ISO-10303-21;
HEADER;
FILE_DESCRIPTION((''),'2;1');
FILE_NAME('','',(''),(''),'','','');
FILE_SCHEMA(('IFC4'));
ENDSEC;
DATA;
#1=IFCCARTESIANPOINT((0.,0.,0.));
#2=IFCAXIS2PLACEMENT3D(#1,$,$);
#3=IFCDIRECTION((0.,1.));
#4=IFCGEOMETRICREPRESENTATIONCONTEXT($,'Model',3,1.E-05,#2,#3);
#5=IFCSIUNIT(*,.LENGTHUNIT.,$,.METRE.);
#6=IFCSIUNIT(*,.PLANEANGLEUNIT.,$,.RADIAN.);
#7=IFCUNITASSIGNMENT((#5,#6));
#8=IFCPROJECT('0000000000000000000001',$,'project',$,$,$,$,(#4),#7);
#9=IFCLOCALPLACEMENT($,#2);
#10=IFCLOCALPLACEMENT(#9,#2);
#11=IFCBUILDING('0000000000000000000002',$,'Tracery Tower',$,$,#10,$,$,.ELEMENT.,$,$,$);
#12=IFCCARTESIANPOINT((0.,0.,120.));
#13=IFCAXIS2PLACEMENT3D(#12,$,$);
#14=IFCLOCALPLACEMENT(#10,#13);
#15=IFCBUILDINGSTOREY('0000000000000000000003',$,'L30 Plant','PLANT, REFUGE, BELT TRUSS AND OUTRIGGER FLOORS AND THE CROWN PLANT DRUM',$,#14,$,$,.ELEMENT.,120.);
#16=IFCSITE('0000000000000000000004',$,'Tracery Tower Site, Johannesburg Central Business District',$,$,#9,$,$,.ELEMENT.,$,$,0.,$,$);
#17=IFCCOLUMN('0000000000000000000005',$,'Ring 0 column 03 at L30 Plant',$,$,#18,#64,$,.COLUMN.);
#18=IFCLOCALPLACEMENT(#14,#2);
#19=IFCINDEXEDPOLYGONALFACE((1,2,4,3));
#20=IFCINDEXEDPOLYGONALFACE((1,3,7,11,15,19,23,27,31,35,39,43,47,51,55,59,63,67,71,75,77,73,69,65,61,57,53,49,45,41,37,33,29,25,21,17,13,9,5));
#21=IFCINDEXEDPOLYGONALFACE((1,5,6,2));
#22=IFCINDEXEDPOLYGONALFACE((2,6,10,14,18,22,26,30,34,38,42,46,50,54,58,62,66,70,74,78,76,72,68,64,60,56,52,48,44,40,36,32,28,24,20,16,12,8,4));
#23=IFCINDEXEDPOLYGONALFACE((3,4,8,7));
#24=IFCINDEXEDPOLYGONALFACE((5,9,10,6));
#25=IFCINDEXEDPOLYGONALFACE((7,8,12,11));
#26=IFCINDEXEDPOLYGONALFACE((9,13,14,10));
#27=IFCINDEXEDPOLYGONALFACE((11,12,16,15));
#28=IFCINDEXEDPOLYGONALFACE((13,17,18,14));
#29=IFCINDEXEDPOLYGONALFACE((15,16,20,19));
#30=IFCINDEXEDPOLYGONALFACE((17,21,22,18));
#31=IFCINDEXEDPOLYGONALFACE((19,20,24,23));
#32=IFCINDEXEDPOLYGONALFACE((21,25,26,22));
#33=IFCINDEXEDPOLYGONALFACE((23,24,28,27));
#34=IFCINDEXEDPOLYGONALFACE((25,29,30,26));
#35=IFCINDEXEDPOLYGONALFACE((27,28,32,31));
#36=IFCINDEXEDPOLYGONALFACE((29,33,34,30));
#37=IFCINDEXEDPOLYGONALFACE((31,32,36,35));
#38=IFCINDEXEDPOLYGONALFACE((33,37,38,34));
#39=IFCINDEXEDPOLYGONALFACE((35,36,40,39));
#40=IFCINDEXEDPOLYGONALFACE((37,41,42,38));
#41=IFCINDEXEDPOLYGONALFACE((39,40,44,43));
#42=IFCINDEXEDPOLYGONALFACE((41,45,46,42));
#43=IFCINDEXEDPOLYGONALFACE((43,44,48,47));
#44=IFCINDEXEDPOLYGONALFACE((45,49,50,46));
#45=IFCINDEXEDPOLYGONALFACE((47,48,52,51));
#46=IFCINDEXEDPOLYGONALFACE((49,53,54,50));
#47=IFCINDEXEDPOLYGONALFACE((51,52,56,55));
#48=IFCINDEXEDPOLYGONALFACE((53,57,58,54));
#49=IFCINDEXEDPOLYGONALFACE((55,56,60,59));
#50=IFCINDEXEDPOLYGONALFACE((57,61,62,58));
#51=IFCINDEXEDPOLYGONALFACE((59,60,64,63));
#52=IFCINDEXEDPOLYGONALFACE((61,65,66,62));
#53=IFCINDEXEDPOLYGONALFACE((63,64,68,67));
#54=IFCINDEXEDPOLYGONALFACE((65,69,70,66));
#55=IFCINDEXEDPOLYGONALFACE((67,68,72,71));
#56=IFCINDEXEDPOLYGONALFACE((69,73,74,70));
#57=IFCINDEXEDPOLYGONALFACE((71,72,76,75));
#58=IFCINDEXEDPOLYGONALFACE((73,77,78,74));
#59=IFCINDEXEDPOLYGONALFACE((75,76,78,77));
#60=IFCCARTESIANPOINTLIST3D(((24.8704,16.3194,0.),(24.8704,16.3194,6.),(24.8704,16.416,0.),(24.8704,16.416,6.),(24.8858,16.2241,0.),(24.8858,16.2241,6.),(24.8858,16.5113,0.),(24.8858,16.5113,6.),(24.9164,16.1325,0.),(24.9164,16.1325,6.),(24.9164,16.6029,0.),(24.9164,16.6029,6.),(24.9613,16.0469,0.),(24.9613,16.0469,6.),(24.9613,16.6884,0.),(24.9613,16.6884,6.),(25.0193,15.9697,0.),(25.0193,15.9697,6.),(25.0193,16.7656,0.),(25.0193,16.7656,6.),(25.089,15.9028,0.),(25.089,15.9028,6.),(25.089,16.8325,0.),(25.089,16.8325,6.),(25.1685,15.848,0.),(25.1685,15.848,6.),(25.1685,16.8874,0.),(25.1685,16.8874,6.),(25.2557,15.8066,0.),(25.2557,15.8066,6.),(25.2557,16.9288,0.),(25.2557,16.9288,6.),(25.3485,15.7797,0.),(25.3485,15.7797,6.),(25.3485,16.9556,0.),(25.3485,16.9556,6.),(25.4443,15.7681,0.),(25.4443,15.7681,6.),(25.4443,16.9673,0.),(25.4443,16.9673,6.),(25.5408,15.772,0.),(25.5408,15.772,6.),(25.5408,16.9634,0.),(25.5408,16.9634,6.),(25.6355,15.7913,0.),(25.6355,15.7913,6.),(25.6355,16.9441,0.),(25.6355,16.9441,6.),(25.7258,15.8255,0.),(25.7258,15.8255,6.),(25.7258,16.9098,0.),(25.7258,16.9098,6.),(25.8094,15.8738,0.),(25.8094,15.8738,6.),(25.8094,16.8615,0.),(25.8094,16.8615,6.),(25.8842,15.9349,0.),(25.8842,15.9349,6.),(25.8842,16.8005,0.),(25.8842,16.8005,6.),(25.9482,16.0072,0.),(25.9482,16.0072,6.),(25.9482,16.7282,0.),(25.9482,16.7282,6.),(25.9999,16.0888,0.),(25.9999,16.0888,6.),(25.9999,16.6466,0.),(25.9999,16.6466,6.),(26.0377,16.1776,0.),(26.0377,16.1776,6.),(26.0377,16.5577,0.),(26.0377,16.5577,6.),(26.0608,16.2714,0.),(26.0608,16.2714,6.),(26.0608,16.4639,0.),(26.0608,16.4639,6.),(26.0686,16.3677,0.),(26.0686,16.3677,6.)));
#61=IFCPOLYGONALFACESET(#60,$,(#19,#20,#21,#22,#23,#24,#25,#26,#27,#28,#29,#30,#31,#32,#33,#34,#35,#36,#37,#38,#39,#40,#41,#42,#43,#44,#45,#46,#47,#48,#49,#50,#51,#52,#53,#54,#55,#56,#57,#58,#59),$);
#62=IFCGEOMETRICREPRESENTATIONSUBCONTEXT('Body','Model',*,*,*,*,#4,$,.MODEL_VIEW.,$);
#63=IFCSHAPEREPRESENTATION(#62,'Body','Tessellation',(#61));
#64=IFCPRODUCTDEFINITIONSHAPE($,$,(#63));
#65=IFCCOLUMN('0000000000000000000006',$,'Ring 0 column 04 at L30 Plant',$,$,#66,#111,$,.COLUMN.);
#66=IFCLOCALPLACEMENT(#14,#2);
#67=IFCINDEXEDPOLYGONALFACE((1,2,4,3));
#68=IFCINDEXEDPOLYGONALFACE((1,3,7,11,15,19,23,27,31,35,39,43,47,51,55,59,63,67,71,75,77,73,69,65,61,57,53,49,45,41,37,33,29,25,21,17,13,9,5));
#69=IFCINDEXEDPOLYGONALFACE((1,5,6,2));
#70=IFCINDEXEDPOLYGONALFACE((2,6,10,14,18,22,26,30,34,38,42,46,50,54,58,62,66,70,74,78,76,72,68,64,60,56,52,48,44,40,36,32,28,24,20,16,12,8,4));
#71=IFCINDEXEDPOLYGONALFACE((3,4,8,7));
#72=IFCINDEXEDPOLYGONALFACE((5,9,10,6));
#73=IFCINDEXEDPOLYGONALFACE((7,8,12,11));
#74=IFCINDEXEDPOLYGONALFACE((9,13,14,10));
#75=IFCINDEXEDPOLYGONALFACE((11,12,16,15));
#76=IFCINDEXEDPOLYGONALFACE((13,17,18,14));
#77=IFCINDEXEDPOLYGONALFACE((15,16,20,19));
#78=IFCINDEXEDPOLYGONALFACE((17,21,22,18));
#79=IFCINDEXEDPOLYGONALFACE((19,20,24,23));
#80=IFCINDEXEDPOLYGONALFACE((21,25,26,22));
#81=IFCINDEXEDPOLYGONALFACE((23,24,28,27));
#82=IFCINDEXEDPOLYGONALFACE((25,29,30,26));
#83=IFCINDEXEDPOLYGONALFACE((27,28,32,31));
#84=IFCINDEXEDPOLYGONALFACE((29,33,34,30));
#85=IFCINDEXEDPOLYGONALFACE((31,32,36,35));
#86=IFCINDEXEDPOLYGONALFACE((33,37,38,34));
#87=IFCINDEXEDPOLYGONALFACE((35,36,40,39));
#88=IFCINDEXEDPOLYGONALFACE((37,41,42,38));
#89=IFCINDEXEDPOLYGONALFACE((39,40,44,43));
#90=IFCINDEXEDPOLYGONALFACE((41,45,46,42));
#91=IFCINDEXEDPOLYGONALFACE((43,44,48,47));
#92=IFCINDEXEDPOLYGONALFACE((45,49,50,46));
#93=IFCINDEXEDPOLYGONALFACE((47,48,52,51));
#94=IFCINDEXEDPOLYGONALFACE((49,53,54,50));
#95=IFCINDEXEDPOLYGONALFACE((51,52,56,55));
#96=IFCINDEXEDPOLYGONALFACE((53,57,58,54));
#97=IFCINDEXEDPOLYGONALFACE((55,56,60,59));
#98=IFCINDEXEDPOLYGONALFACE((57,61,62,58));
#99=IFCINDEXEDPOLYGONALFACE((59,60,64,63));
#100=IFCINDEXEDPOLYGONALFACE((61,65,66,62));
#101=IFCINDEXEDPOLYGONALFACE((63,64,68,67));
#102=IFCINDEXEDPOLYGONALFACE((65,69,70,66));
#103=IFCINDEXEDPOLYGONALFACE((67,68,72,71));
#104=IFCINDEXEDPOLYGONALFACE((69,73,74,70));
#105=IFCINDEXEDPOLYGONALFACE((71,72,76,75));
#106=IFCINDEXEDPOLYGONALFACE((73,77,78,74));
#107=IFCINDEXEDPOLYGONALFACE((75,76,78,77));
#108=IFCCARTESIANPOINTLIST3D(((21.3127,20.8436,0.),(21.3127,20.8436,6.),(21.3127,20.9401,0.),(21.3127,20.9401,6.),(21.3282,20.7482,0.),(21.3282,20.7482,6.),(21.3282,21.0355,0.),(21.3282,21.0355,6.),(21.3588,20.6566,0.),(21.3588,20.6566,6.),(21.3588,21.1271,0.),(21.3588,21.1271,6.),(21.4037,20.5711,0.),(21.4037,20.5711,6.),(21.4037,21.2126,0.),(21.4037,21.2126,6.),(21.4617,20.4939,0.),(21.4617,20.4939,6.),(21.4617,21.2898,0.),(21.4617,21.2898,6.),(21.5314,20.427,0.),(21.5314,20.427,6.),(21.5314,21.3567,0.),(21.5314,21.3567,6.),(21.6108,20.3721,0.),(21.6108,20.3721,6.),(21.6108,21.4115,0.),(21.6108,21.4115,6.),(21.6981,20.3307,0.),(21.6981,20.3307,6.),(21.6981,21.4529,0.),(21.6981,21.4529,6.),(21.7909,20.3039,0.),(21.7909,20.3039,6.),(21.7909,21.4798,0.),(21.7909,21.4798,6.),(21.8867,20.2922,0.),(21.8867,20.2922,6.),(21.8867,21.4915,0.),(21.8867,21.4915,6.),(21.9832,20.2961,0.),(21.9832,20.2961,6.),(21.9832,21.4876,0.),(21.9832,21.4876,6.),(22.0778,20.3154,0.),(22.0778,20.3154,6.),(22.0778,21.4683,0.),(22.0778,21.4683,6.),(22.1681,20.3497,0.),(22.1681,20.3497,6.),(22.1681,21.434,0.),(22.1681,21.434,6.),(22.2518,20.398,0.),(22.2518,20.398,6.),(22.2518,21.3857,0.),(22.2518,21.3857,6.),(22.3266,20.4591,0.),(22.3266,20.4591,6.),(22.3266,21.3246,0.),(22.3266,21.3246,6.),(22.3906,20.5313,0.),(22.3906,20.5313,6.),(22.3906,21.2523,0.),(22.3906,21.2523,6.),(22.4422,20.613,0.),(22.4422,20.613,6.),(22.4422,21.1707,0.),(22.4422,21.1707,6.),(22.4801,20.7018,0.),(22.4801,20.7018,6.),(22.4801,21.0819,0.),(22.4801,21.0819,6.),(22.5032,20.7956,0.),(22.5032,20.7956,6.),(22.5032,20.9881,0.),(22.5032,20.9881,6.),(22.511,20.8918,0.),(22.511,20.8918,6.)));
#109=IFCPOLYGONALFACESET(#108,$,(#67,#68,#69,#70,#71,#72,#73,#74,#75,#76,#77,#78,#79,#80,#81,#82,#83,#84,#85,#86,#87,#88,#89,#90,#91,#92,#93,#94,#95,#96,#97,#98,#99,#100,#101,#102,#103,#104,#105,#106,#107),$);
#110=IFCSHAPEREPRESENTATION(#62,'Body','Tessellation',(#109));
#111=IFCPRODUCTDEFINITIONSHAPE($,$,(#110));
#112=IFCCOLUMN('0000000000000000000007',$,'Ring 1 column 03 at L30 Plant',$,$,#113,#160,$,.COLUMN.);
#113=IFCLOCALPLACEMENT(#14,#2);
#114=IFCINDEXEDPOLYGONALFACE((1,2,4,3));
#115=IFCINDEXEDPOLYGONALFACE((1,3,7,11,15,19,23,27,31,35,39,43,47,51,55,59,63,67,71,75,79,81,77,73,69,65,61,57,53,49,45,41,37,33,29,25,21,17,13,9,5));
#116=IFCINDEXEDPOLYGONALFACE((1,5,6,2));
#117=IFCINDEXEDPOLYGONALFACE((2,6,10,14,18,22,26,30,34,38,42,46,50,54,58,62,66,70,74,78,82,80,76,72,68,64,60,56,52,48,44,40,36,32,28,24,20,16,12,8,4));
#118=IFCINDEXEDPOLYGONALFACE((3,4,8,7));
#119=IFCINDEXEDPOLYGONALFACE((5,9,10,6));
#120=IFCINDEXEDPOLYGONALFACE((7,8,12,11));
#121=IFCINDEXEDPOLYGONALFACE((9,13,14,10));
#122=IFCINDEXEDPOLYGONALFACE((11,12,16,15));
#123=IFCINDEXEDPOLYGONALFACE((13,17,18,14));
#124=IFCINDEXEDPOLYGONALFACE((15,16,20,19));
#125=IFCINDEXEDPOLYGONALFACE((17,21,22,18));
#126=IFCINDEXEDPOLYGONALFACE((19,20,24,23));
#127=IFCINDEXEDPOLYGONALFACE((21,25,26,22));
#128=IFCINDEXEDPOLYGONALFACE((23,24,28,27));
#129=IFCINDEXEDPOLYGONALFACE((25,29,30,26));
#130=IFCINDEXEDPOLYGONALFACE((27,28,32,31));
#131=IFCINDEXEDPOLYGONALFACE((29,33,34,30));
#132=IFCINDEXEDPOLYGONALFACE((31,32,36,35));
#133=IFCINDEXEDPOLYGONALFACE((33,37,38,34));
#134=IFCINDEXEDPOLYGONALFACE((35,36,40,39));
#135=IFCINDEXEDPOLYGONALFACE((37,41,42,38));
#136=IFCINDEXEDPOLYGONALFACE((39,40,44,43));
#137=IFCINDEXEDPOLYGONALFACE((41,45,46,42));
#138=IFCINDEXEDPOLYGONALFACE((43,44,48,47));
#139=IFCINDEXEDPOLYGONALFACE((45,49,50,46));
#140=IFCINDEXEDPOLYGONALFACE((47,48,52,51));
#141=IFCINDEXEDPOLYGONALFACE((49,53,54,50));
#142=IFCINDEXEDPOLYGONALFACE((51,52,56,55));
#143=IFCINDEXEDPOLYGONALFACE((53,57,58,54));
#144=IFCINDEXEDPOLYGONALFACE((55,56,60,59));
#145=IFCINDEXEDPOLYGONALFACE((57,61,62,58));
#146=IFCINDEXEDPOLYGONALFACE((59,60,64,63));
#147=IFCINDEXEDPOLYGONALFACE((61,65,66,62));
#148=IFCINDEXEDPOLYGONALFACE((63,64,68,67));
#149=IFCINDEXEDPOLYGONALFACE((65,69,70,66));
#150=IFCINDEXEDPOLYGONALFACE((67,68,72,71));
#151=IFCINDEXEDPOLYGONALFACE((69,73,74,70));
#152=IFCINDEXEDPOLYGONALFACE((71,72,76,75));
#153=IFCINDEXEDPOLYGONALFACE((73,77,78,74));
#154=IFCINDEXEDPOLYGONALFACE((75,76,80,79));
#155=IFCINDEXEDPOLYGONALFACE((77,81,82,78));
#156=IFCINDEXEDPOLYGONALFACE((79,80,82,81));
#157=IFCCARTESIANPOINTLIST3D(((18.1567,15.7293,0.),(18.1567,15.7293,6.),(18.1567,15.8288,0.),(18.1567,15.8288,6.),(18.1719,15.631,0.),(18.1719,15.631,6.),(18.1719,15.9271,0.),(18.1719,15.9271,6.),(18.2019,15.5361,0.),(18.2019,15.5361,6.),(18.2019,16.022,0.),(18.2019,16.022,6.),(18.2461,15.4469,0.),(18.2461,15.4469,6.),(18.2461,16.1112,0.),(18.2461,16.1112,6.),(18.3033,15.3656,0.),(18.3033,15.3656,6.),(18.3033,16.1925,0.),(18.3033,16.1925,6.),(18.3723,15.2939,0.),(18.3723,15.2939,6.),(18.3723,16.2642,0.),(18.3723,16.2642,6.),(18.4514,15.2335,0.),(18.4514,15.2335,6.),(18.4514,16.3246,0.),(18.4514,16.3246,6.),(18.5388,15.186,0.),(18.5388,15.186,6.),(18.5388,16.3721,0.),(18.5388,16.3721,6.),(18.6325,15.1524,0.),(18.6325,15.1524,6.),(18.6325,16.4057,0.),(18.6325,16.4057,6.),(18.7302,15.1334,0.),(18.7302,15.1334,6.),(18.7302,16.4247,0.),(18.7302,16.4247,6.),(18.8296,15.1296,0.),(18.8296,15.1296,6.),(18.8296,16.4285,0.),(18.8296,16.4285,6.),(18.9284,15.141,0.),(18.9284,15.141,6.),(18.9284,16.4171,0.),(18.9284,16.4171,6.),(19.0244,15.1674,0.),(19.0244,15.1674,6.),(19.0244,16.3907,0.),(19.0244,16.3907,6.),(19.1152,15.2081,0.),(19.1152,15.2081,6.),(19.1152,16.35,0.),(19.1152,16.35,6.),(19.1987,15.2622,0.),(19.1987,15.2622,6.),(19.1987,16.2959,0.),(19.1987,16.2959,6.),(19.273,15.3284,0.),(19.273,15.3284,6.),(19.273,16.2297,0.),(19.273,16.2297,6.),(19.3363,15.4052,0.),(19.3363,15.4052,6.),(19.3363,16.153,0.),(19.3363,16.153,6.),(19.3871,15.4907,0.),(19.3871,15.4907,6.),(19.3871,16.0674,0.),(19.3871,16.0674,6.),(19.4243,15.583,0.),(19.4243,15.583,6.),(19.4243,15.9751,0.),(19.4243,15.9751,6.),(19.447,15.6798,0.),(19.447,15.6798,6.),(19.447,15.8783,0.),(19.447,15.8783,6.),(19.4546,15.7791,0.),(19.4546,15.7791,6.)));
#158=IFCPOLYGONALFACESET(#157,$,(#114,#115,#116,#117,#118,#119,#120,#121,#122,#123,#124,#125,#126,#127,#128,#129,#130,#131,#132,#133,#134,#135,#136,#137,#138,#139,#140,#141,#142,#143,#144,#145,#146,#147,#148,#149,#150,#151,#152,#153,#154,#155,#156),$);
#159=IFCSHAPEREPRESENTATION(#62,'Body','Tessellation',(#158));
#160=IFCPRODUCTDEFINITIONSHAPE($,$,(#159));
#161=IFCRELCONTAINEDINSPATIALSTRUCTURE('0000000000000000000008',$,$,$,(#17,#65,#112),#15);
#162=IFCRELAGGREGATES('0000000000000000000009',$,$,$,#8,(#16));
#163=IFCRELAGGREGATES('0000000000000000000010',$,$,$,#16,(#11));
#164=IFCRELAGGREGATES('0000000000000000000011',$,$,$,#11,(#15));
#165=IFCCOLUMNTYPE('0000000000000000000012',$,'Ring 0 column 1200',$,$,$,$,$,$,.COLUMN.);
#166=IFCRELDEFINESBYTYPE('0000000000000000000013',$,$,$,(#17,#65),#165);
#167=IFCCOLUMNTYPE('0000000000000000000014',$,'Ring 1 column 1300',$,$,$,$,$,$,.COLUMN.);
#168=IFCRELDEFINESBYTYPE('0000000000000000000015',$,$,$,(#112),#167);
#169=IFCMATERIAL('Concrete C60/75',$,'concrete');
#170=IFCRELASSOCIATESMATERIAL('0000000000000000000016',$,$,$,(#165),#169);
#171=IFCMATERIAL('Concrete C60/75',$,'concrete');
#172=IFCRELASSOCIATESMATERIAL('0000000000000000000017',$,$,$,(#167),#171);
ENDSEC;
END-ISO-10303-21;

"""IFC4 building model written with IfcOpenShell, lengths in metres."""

from ifc_helpers import new_model, si_unit, direction, frame, origin, origin_2d, place, context, subcontext, project, spatial, circle, extrude, material, material_profile, profile_set, type_object, element, save


model = new_model("IFC4")

# Units and contexts
model_context = context("Model", 3, precision=1e-05, world=origin(), true_north=direction((0.0, 1.0)))
body_context = subcontext(model_context, "Body", "Model", "MODEL_VIEW")
ifc_project = project(units=[si_unit("LENGTHUNIT", "METRE"), si_unit("PLANEANGLEUNIT", "RADIAN")], contexts=[model_context])

# Site, building, storey
site_placement = place(None, origin())
site = spatial("IfcSite", under=ifc_project, at=site_placement, Name="Tracery Tower Site, Johannesburg Central Business District", CompositionType="ELEMENT", RefElevation=0.0)
building_placement = place(site_placement, origin())
building = spatial("IfcBuilding", under=site, at=building_placement, Name="Tracery Tower", CompositionType="ELEMENT")
storey_placement = place(building_placement, frame((0.0, 0.0, 120.0)))
storey = spatial("IfcBuildingStorey", under=building, at=storey_placement, Name="L30 Plant", Description="PLANT, REFUGE, BELT TRUSS AND OUTRIGGER FLOORS AND THE CROWN PLANT DRUM", CompositionType="ELEMENT", Elevation=120.0)

# Columns
ifc_material_1 = material(Name="Concrete C60/75", Category="concrete")
ifc_material_profile_1 = material_profile(ifc_material_1, circle(Radius=0.6001, at=origin_2d()), Name="RC D1200")
ifc_profile_set_1 = profile_set([ifc_material_profile_1], Name="Concrete C60/75")
column_type_1 = type_object("IfcColumnType", Name="Ring 0 column 1200", PredefinedType="COLUMN", material=ifc_profile_set_1)
for number, where, z_axis, x_axis, name in (
    (1, (25.4685, 16.3677, 0.0), (0.0, 0.0, 1.0), (1.0, 0.0, 0.0), "Ring 0 column 03 at L30 Plant"),
    (2, (21.9109, 20.8918, 0.0), (0.0, 0.0, 1.0), (1.0, 0.0, 0.0), "Ring 0 column 04 at L30 Plant"),
):
    element("IfcColumn", number, at=place(storey_placement, frame(where, z_axis=z_axis, x_axis=x_axis)), inside=storey, type_object=column_type_1, Name=name, PredefinedType="COLUMN", context=body_context, shape_type="SweptSolid", body=[
        extrude(circle(Radius=0.6001, at=origin_2d()), origin(), (0.0, 0.0, 1.0), 6.0),
    ])
ifc_material_2 = material(Name="Concrete C60/75", Category="concrete")
ifc_material_profile_2 = material_profile(ifc_material_2, circle(Radius=0.6499, at=origin_2d()), Name="RC D1300")
ifc_profile_set_2 = profile_set([ifc_material_profile_2], Name="Concrete C60/75")
column_type_2 = type_object("IfcColumnType", Name="Ring 1 column 1300", PredefinedType="COLUMN", material=ifc_profile_set_2)
column_placement = place(storey_placement, frame((18.8047, 15.7791, 0.0), z_axis=(0.0, 0.0, 1.0), x_axis=(1.0, 0.0, 0.0)))
element("IfcColumn", 3, at=column_placement, inside=storey, type_object=column_type_2, Name="Ring 1 column 03 at L30 Plant", PredefinedType="COLUMN", context=body_context, shape_type="SweptSolid", body=[
    extrude(circle(Radius=0.6499, at=origin_2d()), origin(), (0.0, 0.0, 1.0), 6.0),
])

save(model, "model.ifc")
